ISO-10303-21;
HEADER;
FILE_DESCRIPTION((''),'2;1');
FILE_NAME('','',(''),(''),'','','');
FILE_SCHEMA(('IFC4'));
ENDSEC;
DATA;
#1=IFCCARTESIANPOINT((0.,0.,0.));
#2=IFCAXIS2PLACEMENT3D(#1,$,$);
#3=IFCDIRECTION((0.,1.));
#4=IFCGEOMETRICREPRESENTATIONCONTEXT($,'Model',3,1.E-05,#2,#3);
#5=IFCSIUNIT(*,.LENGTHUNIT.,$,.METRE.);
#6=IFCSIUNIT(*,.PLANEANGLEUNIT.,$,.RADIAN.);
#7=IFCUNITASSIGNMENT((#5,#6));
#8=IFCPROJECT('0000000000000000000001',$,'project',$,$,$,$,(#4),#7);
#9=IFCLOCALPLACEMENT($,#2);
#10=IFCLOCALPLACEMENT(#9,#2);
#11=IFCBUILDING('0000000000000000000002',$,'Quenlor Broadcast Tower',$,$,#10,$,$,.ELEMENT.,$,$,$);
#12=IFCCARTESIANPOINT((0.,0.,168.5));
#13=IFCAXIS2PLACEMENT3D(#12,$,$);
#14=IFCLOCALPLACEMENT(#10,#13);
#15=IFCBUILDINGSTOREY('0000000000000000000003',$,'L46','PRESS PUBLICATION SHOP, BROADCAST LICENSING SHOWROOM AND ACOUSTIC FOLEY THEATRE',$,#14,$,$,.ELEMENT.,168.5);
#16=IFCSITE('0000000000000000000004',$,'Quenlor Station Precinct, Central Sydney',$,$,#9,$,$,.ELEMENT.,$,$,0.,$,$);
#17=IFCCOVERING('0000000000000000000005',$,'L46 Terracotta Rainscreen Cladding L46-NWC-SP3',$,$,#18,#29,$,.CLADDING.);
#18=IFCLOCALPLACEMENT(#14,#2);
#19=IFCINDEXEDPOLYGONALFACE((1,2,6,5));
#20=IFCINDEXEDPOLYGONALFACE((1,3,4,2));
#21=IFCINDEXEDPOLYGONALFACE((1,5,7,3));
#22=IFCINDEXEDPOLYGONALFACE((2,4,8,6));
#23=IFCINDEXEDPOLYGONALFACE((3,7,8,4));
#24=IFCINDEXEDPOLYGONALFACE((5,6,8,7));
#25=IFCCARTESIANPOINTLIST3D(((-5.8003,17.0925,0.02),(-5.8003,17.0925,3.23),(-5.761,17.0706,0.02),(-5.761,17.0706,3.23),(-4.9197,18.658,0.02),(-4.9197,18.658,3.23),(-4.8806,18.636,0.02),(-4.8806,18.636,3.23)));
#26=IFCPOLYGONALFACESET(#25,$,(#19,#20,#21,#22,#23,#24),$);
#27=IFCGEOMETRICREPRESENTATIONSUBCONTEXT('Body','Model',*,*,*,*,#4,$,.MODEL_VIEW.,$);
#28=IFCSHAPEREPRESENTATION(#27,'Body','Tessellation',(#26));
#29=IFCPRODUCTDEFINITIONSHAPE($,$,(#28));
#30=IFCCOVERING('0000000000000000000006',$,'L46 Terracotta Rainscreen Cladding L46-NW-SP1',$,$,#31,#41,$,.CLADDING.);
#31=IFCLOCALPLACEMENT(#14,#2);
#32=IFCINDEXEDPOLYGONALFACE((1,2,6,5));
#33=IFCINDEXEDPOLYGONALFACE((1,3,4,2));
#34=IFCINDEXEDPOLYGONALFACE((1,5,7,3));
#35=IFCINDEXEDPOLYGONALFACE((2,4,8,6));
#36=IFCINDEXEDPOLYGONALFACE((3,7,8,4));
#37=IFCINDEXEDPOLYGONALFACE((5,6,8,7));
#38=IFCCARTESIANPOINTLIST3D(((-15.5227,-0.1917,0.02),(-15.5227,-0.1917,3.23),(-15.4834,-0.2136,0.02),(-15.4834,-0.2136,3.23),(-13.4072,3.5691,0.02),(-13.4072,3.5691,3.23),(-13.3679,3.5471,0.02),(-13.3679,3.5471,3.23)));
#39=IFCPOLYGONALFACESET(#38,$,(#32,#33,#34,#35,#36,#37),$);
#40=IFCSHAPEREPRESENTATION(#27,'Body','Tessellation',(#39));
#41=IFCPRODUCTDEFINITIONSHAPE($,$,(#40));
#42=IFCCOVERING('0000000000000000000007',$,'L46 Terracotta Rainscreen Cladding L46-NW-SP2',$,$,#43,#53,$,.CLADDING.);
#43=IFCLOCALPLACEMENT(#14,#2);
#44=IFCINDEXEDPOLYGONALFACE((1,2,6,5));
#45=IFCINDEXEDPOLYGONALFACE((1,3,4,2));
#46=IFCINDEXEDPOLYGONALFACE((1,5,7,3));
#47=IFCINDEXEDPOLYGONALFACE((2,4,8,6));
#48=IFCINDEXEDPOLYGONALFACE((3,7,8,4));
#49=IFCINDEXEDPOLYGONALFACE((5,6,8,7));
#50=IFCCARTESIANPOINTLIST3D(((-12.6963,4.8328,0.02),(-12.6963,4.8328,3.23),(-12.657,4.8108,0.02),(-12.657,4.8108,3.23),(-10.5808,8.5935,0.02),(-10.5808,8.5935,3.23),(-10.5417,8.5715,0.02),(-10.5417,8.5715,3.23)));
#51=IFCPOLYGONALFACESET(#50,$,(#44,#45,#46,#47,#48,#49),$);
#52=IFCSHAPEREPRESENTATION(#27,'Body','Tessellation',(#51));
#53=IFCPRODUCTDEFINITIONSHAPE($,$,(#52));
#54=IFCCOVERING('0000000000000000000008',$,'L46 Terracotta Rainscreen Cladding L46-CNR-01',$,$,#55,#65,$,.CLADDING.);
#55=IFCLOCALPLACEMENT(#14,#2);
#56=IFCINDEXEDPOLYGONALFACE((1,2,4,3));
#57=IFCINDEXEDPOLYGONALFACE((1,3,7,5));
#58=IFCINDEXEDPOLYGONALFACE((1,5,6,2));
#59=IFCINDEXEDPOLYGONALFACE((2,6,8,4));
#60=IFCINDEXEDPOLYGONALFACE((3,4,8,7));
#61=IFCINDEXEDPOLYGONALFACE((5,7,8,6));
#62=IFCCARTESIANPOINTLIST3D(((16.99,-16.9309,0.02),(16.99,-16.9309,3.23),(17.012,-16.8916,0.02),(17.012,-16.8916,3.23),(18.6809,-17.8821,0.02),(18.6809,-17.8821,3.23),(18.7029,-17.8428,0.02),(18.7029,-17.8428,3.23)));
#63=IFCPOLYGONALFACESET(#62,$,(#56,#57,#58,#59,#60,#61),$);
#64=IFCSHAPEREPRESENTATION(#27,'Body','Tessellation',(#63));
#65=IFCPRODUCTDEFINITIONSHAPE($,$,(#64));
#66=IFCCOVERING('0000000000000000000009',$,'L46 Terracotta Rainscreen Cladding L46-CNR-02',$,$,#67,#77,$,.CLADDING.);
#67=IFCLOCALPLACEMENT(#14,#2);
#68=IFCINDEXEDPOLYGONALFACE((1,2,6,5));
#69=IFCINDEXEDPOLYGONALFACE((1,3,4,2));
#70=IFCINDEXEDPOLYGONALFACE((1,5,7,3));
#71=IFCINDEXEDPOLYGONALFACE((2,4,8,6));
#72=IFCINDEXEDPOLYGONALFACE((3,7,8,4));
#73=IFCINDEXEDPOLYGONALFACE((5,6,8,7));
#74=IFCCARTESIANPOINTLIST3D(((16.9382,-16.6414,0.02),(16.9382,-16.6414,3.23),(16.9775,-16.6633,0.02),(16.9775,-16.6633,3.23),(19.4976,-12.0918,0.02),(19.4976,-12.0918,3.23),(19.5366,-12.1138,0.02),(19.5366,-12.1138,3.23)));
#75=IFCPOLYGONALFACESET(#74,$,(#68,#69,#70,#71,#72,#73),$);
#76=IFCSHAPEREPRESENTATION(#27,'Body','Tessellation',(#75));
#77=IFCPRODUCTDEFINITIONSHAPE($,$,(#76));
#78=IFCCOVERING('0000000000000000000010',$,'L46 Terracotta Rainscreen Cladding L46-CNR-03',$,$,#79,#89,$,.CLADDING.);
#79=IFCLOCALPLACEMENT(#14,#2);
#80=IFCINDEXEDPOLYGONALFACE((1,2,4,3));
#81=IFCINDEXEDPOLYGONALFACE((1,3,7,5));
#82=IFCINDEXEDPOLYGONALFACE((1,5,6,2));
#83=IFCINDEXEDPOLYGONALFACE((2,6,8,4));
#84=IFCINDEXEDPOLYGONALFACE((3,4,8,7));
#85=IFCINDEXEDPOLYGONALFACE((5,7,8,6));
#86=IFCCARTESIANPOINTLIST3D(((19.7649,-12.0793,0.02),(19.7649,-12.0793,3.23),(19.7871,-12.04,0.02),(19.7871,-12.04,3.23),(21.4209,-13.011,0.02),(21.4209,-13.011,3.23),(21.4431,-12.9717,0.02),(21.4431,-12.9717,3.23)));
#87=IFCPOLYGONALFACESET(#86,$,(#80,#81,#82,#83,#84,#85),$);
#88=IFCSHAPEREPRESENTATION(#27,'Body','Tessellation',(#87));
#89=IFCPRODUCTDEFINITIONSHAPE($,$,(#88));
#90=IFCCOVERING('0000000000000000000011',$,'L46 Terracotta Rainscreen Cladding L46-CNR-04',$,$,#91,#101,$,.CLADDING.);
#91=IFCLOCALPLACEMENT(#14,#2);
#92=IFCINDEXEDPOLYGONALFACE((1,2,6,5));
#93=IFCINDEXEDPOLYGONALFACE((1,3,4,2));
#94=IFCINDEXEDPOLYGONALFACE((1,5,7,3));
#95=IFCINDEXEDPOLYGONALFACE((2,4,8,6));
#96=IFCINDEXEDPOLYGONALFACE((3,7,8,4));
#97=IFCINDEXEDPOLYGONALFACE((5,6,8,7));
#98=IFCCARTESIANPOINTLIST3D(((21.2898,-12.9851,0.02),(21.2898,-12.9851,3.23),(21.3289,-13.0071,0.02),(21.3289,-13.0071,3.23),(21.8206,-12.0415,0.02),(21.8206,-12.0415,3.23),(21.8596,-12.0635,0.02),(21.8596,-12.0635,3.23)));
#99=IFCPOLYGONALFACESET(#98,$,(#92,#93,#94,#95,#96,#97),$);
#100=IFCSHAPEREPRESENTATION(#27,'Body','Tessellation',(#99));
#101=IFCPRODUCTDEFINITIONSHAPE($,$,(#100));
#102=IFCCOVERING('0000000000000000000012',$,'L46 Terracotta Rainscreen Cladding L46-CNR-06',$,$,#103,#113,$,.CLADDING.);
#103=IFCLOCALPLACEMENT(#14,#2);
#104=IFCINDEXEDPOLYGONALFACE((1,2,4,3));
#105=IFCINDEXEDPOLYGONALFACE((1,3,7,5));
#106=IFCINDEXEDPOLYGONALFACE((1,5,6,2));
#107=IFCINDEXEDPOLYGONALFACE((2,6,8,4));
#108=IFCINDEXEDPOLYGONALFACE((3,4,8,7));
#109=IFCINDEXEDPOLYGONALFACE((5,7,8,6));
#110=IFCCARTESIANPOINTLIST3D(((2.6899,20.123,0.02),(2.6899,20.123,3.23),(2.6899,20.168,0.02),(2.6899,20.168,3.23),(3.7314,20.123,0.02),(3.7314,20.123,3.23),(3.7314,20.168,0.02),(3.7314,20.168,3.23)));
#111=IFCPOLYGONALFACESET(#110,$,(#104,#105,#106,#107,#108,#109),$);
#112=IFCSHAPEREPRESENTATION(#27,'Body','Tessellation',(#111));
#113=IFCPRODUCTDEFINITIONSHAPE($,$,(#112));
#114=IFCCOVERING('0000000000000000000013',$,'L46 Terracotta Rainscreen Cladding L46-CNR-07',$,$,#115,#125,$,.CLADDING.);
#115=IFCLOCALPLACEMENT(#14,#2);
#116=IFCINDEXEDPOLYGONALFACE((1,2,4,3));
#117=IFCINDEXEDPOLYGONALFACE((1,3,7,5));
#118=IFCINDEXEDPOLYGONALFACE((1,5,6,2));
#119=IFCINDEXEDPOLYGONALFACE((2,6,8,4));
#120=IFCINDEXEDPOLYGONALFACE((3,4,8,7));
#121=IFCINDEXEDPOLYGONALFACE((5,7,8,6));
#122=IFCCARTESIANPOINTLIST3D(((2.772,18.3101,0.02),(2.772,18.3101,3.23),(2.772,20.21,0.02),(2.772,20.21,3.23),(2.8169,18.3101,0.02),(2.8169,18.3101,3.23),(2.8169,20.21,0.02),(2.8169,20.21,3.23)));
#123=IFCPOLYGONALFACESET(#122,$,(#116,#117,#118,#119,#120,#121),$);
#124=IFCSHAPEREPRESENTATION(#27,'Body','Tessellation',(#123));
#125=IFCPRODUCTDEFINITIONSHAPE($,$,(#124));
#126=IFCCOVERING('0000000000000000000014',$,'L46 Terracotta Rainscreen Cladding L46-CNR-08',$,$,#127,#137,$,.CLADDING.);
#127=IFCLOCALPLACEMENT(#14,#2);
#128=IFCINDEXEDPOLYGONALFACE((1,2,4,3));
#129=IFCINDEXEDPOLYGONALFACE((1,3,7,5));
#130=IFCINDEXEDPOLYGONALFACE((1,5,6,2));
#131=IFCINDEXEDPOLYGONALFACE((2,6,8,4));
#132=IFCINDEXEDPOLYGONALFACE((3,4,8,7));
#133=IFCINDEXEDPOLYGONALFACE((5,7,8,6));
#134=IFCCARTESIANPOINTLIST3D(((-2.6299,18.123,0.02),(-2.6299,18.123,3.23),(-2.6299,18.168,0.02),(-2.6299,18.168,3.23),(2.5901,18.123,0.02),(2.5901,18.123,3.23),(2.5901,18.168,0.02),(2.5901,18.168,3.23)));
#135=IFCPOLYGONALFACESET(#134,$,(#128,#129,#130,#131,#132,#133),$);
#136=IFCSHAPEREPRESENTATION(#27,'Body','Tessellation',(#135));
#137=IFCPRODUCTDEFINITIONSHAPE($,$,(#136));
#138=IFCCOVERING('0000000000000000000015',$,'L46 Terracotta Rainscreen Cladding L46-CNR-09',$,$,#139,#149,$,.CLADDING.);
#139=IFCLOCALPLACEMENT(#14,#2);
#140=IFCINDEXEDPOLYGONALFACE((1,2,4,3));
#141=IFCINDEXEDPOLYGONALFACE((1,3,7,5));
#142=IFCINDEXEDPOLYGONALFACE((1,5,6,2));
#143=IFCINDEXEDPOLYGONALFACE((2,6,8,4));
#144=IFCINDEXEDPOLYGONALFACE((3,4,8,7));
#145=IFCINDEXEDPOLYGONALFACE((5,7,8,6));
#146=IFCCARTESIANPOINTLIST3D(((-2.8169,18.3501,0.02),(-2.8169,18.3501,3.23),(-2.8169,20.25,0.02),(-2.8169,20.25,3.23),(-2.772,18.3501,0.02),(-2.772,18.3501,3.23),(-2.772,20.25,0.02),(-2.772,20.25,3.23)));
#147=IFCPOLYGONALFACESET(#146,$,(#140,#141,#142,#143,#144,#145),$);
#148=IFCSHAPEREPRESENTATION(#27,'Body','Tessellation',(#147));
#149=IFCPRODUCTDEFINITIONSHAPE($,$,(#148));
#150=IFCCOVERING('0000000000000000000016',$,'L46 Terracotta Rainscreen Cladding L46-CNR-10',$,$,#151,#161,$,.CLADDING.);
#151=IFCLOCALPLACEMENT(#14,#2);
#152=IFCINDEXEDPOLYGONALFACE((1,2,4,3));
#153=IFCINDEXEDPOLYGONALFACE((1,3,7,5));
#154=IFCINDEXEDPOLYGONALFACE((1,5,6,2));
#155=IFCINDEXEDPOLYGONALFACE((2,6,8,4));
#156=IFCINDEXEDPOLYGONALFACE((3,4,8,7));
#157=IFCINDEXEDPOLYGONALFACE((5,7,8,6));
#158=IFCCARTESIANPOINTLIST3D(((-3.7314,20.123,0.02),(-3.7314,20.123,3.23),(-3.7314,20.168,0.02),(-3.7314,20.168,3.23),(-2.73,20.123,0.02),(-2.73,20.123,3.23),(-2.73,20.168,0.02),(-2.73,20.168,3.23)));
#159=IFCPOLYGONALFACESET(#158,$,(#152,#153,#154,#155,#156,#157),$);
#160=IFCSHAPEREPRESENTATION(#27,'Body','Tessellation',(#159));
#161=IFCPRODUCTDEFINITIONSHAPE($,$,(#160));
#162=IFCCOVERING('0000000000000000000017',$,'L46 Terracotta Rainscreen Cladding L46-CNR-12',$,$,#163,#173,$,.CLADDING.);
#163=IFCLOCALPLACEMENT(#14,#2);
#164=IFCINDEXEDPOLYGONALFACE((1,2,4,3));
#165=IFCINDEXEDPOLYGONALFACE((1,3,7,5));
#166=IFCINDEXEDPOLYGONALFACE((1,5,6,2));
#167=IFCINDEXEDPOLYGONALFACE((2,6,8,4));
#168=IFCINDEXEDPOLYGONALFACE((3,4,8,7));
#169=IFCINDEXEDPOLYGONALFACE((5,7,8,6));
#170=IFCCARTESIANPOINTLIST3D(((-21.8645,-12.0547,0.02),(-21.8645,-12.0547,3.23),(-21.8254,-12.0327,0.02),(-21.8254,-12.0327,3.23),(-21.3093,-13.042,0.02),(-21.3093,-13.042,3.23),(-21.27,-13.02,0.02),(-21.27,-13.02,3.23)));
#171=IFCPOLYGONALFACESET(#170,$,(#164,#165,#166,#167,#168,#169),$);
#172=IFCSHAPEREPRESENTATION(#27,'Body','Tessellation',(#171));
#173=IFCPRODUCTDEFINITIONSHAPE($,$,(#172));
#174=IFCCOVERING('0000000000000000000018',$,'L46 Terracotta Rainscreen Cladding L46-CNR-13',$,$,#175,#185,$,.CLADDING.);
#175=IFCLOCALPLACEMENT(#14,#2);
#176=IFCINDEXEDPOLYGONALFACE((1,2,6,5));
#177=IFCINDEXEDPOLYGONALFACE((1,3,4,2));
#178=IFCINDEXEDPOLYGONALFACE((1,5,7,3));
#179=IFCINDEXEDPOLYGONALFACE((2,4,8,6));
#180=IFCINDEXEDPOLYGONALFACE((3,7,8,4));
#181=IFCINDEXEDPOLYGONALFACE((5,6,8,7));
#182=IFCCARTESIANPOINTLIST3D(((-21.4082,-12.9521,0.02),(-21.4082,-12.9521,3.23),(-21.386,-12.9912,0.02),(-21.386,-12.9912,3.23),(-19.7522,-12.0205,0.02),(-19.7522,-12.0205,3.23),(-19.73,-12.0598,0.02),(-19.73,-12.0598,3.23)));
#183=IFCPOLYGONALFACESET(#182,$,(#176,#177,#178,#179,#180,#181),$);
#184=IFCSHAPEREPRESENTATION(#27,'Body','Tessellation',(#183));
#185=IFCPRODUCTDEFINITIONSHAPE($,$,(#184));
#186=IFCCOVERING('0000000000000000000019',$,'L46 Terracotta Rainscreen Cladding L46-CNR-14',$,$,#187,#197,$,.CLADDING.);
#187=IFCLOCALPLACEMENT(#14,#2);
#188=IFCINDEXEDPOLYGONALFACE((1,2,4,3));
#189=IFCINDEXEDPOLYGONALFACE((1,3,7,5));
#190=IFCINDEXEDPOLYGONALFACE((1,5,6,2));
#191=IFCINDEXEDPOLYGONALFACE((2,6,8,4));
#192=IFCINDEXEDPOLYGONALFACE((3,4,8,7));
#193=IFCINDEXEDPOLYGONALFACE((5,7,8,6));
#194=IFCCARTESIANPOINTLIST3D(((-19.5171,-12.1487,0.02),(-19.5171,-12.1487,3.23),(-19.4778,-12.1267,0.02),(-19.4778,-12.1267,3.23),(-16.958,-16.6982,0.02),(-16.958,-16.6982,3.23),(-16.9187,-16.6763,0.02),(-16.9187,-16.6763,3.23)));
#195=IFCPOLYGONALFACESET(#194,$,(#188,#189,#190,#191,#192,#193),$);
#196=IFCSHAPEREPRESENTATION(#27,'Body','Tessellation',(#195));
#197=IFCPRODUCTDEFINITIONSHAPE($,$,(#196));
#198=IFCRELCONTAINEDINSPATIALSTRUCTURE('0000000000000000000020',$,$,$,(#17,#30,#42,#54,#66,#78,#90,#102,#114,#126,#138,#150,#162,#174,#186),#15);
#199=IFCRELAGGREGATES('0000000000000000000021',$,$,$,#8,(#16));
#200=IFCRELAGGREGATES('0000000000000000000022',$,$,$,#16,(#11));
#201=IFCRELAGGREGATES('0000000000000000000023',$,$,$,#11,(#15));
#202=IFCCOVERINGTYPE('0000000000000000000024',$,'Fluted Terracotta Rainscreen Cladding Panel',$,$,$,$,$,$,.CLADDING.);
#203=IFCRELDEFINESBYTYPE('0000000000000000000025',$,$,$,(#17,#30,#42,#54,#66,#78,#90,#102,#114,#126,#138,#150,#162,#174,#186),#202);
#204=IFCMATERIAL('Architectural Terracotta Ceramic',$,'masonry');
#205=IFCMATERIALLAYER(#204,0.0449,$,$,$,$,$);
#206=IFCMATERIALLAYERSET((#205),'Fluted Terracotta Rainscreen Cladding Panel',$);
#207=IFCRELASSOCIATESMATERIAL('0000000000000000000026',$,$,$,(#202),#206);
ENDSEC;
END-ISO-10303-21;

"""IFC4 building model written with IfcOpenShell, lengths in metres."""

from ifc_helpers import new_model, si_unit, direction, frame, origin, place, context, subcontext, project, spatial, polyline, outline, extrude, material, layer, layer_set, type_object, element, save


model = new_model("IFC4")

# Units and contexts
model_context = context("Model", 3, precision=1e-05, world=origin(), true_north=direction((0.0, 1.0)))
body_context = subcontext(model_context, "Body", "Model", "MODEL_VIEW")
ifc_project = project(units=[si_unit("LENGTHUNIT", "METRE"), si_unit("PLANEANGLEUNIT", "RADIAN")], contexts=[model_context])

# Site, building, storey
site_placement = place(None, origin())
site = spatial("IfcSite", under=ifc_project, at=site_placement, Name="Quenlor Station Precinct, Central Sydney", CompositionType="ELEMENT", RefElevation=0.0)
building_placement = place(site_placement, origin())
building = spatial("IfcBuilding", under=site, at=building_placement, Name="Quenlor Broadcast Tower", CompositionType="ELEMENT")
storey_placement = place(building_placement, frame((0.0, 0.0, 168.5)))
storey = spatial("IfcBuildingStorey", under=building, at=storey_placement, Name="L46", Description="PRESS PUBLICATION SHOP, BROADCAST LICENSING SHOWROOM AND ACOUSTIC FOLEY THEATRE", CompositionType="ELEMENT", Elevation=168.5)

# Coverings
ifc_material_1 = material(Name="Architectural Terracotta Ceramic", Category="masonry")
ifc_layer_1 = layer(ifc_material_1, 0.0449)
ifc_layer_set_1 = layer_set([ifc_layer_1], Name="Fluted Terracotta Rainscreen Cladding Panel")
covering_type_1 = type_object("IfcCoveringType", Name="Fluted Terracotta Rainscreen Cladding Panel", PredefinedType="CLADDING", material=ifc_layer_set_1)
covering_1_placement = place(storey_placement, frame((0.0, 0.0, 0.02)))
element("IfcCovering", 1, at=covering_1_placement, inside=storey, type_object=covering_type_1, Name="L46 Terracotta Rainscreen Cladding L46-NWC-SP3", PredefinedType="CLADDING", context=body_context, shape_type="SweptSolid", body=[
    extrude(outline(polyline([(-5.761, 17.0706), (-4.8806, 18.636), (-4.9197, 18.658), (-5.8003, 17.0925), (-5.761, 17.0706)])), origin(), (0.0, 0.0, 1.0), 3.21),
])
covering_2_placement = place(storey_placement, frame((0.0, 0.0, 0.02)))
element("IfcCovering", 2, at=covering_2_placement, inside=storey, type_object=covering_type_1, Name="L46 Terracotta Rainscreen Cladding L46-NW-SP1", PredefinedType="CLADDING", context=body_context, shape_type="SweptSolid", body=[
    extrude(outline(polyline([(-15.4834, -0.2136), (-13.3679, 3.5471), (-13.4072, 3.5691), (-15.5227, -0.1917), (-15.4834, -0.2136)])), origin(), (0.0, 0.0, 1.0), 3.21),
])
covering_3_placement = place(storey_placement, frame((0.0, 0.0, 0.02)))
element("IfcCovering", 3, at=covering_3_placement, inside=storey, type_object=covering_type_1, Name="L46 Terracotta Rainscreen Cladding L46-NW-SP2", PredefinedType="CLADDING", context=body_context, shape_type="SweptSolid", body=[
    extrude(outline(polyline([(-12.657, 4.8108), (-10.5417, 8.5715), (-10.5808, 8.5935), (-12.6963, 4.8328), (-12.657, 4.8108)])), origin(), (0.0, 0.0, 1.0), 3.21),
])
covering_4_placement = place(storey_placement, frame((0.0, 0.0, 0.02)))
element("IfcCovering", 4, at=covering_4_placement, inside=storey, type_object=covering_type_1, Name="L46 Terracotta Rainscreen Cladding L46-CNR-01", PredefinedType="CLADDING", context=body_context, shape_type="SweptSolid", body=[
    extrude(outline(polyline([(18.7029, -17.8428), (17.012, -16.8916), (16.99, -16.9309), (18.6809, -17.8821), (18.7029, -17.8428)])), origin(), (0.0, 0.0, 1.0), 3.21),
])
covering_5_placement = place(storey_placement, frame((0.0, 0.0, 0.02)))
element("IfcCovering", 5, at=covering_5_placement, inside=storey, type_object=covering_type_1, Name="L46 Terracotta Rainscreen Cladding L46-CNR-02", PredefinedType="CLADDING", context=body_context, shape_type="SweptSolid", body=[
    extrude(outline(polyline([(16.9775, -16.6633), (19.5366, -12.1138), (19.4976, -12.0918), (16.9382, -16.6414), (16.9775, -16.6633)])), origin(), (0.0, 0.0, 1.0), 3.21),
])
covering_6_placement = place(storey_placement, frame((0.0, 0.0, 0.02)))
element("IfcCovering", 6, at=covering_6_placement, inside=storey, type_object=covering_type_1, Name="L46 Terracotta Rainscreen Cladding L46-CNR-03", PredefinedType="CLADDING", context=body_context, shape_type="SweptSolid", body=[
    extrude(outline(polyline([(19.7649, -12.0793), (21.4209, -13.011), (21.4431, -12.9717), (19.7871, -12.04), (19.7649, -12.0793)])), origin(), (0.0, 0.0, 1.0), 3.21),
])
covering_7_placement = place(storey_placement, frame((0.0, 0.0, 0.02)))
element("IfcCovering", 7, at=covering_7_placement, inside=storey, type_object=covering_type_1, Name="L46 Terracotta Rainscreen Cladding L46-CNR-04", PredefinedType="CLADDING", context=body_context, shape_type="SweptSolid", body=[
    extrude(outline(polyline([(21.3289, -13.0071), (21.8596, -12.0635), (21.8206, -12.0415), (21.2898, -12.9851), (21.3289, -13.0071)])), origin(), (0.0, 0.0, 1.0), 3.21),
])
covering_8_placement = place(storey_placement, frame((0.0, 0.0, 0.02)))
element("IfcCovering", 8, at=covering_8_placement, inside=storey, type_object=covering_type_1, Name="L46 Terracotta Rainscreen Cladding L46-CNR-06", PredefinedType="CLADDING", context=body_context, shape_type="SweptSolid", body=[
    extrude(outline(polyline([(3.7314, 20.168), (2.6899, 20.168), (2.6899, 20.123), (3.7314, 20.123), (3.7314, 20.168)])), origin(), (0.0, 0.0, 1.0), 3.21),
])
covering_9_placement = place(storey_placement, frame((0.0, 0.0, 0.02)))
element("IfcCovering", 9, at=covering_9_placement, inside=storey, type_object=covering_type_1, Name="L46 Terracotta Rainscreen Cladding L46-CNR-07", PredefinedType="CLADDING", context=body_context, shape_type="SweptSolid", body=[
    extrude(outline(polyline([(2.772, 20.21), (2.772, 18.3101), (2.8169, 18.3101), (2.8169, 20.21), (2.772, 20.21)])), origin(), (0.0, 0.0, 1.0), 3.21),
])
covering_10_placement = place(storey_placement, frame((0.0, 0.0, 0.02)))
element("IfcCovering", 10, at=covering_10_placement, inside=storey, type_object=covering_type_1, Name="L46 Terracotta Rainscreen Cladding L46-CNR-08", PredefinedType="CLADDING", context=body_context, shape_type="SweptSolid", body=[
    extrude(outline(polyline([(2.5901, 18.168), (-2.6299, 18.168), (-2.6299, 18.123), (2.5901, 18.123), (2.5901, 18.168)])), origin(), (0.0, 0.0, 1.0), 3.21),
])
covering_11_placement = place(storey_placement, frame((0.0, 0.0, 0.02)))
element("IfcCovering", 11, at=covering_11_placement, inside=storey, type_object=covering_type_1, Name="L46 Terracotta Rainscreen Cladding L46-CNR-09", PredefinedType="CLADDING", context=body_context, shape_type="SweptSolid", body=[
    extrude(outline(polyline([(-2.772, 18.3501), (-2.772, 20.25), (-2.8169, 20.25), (-2.8169, 18.3501), (-2.772, 18.3501)])), origin(), (0.0, 0.0, 1.0), 3.21),
])
covering_12_placement = place(storey_placement, frame((0.0, 0.0, 0.02)))
element("IfcCovering", 12, at=covering_12_placement, inside=storey, type_object=covering_type_1, Name="L46 Terracotta Rainscreen Cladding L46-CNR-10", PredefinedType="CLADDING", context=body_context, shape_type="SweptSolid", body=[
    extrude(outline(polyline([(-2.73, 20.168), (-3.7314, 20.168), (-3.7314, 20.123), (-2.73, 20.123), (-2.73, 20.168)])), origin(), (0.0, 0.0, 1.0), 3.21),
])
covering_13_placement = place(storey_placement, frame((0.0, 0.0, 0.02)))
element("IfcCovering", 13, at=covering_13_placement, inside=storey, type_object=covering_type_1, Name="L46 Terracotta Rainscreen Cladding L46-CNR-12", PredefinedType="CLADDING", context=body_context, shape_type="SweptSolid", body=[
    extrude(outline(polyline([(-21.8645, -12.0547), (-21.3093, -13.042), (-21.27, -13.02), (-21.8254, -12.0327), (-21.8645, -12.0547)])), origin(), (0.0, 0.0, 1.0), 3.21),
])
covering_14_placement = place(storey_placement, frame((0.0, 0.0, 0.02)))
element("IfcCovering", 14, at=covering_14_placement, inside=storey, type_object=covering_type_1, Name="L46 Terracotta Rainscreen Cladding L46-CNR-13", PredefinedType="CLADDING", context=body_context, shape_type="SweptSolid", body=[
    extrude(outline(polyline([(-21.386, -12.9912), (-19.73, -12.0598), (-19.7522, -12.0205), (-21.4082, -12.9521), (-21.386, -12.9912)])), origin(), (0.0, 0.0, 1.0), 3.21),
])
covering_15_placement = place(storey_placement, frame((0.0, 0.0, 0.02)))
element("IfcCovering", 15, at=covering_15_placement, inside=storey, type_object=covering_type_1, Name="L46 Terracotta Rainscreen Cladding L46-CNR-14", PredefinedType="CLADDING", context=body_context, shape_type="SweptSolid", body=[
    extrude(outline(polyline([(-19.5171, -12.1487), (-16.958, -16.6982), (-16.9187, -16.6763), (-19.4778, -12.1267), (-19.5171, -12.1487)])), origin(), (0.0, 0.0, 1.0), 3.21),
])

save(model, "model.ifc")
